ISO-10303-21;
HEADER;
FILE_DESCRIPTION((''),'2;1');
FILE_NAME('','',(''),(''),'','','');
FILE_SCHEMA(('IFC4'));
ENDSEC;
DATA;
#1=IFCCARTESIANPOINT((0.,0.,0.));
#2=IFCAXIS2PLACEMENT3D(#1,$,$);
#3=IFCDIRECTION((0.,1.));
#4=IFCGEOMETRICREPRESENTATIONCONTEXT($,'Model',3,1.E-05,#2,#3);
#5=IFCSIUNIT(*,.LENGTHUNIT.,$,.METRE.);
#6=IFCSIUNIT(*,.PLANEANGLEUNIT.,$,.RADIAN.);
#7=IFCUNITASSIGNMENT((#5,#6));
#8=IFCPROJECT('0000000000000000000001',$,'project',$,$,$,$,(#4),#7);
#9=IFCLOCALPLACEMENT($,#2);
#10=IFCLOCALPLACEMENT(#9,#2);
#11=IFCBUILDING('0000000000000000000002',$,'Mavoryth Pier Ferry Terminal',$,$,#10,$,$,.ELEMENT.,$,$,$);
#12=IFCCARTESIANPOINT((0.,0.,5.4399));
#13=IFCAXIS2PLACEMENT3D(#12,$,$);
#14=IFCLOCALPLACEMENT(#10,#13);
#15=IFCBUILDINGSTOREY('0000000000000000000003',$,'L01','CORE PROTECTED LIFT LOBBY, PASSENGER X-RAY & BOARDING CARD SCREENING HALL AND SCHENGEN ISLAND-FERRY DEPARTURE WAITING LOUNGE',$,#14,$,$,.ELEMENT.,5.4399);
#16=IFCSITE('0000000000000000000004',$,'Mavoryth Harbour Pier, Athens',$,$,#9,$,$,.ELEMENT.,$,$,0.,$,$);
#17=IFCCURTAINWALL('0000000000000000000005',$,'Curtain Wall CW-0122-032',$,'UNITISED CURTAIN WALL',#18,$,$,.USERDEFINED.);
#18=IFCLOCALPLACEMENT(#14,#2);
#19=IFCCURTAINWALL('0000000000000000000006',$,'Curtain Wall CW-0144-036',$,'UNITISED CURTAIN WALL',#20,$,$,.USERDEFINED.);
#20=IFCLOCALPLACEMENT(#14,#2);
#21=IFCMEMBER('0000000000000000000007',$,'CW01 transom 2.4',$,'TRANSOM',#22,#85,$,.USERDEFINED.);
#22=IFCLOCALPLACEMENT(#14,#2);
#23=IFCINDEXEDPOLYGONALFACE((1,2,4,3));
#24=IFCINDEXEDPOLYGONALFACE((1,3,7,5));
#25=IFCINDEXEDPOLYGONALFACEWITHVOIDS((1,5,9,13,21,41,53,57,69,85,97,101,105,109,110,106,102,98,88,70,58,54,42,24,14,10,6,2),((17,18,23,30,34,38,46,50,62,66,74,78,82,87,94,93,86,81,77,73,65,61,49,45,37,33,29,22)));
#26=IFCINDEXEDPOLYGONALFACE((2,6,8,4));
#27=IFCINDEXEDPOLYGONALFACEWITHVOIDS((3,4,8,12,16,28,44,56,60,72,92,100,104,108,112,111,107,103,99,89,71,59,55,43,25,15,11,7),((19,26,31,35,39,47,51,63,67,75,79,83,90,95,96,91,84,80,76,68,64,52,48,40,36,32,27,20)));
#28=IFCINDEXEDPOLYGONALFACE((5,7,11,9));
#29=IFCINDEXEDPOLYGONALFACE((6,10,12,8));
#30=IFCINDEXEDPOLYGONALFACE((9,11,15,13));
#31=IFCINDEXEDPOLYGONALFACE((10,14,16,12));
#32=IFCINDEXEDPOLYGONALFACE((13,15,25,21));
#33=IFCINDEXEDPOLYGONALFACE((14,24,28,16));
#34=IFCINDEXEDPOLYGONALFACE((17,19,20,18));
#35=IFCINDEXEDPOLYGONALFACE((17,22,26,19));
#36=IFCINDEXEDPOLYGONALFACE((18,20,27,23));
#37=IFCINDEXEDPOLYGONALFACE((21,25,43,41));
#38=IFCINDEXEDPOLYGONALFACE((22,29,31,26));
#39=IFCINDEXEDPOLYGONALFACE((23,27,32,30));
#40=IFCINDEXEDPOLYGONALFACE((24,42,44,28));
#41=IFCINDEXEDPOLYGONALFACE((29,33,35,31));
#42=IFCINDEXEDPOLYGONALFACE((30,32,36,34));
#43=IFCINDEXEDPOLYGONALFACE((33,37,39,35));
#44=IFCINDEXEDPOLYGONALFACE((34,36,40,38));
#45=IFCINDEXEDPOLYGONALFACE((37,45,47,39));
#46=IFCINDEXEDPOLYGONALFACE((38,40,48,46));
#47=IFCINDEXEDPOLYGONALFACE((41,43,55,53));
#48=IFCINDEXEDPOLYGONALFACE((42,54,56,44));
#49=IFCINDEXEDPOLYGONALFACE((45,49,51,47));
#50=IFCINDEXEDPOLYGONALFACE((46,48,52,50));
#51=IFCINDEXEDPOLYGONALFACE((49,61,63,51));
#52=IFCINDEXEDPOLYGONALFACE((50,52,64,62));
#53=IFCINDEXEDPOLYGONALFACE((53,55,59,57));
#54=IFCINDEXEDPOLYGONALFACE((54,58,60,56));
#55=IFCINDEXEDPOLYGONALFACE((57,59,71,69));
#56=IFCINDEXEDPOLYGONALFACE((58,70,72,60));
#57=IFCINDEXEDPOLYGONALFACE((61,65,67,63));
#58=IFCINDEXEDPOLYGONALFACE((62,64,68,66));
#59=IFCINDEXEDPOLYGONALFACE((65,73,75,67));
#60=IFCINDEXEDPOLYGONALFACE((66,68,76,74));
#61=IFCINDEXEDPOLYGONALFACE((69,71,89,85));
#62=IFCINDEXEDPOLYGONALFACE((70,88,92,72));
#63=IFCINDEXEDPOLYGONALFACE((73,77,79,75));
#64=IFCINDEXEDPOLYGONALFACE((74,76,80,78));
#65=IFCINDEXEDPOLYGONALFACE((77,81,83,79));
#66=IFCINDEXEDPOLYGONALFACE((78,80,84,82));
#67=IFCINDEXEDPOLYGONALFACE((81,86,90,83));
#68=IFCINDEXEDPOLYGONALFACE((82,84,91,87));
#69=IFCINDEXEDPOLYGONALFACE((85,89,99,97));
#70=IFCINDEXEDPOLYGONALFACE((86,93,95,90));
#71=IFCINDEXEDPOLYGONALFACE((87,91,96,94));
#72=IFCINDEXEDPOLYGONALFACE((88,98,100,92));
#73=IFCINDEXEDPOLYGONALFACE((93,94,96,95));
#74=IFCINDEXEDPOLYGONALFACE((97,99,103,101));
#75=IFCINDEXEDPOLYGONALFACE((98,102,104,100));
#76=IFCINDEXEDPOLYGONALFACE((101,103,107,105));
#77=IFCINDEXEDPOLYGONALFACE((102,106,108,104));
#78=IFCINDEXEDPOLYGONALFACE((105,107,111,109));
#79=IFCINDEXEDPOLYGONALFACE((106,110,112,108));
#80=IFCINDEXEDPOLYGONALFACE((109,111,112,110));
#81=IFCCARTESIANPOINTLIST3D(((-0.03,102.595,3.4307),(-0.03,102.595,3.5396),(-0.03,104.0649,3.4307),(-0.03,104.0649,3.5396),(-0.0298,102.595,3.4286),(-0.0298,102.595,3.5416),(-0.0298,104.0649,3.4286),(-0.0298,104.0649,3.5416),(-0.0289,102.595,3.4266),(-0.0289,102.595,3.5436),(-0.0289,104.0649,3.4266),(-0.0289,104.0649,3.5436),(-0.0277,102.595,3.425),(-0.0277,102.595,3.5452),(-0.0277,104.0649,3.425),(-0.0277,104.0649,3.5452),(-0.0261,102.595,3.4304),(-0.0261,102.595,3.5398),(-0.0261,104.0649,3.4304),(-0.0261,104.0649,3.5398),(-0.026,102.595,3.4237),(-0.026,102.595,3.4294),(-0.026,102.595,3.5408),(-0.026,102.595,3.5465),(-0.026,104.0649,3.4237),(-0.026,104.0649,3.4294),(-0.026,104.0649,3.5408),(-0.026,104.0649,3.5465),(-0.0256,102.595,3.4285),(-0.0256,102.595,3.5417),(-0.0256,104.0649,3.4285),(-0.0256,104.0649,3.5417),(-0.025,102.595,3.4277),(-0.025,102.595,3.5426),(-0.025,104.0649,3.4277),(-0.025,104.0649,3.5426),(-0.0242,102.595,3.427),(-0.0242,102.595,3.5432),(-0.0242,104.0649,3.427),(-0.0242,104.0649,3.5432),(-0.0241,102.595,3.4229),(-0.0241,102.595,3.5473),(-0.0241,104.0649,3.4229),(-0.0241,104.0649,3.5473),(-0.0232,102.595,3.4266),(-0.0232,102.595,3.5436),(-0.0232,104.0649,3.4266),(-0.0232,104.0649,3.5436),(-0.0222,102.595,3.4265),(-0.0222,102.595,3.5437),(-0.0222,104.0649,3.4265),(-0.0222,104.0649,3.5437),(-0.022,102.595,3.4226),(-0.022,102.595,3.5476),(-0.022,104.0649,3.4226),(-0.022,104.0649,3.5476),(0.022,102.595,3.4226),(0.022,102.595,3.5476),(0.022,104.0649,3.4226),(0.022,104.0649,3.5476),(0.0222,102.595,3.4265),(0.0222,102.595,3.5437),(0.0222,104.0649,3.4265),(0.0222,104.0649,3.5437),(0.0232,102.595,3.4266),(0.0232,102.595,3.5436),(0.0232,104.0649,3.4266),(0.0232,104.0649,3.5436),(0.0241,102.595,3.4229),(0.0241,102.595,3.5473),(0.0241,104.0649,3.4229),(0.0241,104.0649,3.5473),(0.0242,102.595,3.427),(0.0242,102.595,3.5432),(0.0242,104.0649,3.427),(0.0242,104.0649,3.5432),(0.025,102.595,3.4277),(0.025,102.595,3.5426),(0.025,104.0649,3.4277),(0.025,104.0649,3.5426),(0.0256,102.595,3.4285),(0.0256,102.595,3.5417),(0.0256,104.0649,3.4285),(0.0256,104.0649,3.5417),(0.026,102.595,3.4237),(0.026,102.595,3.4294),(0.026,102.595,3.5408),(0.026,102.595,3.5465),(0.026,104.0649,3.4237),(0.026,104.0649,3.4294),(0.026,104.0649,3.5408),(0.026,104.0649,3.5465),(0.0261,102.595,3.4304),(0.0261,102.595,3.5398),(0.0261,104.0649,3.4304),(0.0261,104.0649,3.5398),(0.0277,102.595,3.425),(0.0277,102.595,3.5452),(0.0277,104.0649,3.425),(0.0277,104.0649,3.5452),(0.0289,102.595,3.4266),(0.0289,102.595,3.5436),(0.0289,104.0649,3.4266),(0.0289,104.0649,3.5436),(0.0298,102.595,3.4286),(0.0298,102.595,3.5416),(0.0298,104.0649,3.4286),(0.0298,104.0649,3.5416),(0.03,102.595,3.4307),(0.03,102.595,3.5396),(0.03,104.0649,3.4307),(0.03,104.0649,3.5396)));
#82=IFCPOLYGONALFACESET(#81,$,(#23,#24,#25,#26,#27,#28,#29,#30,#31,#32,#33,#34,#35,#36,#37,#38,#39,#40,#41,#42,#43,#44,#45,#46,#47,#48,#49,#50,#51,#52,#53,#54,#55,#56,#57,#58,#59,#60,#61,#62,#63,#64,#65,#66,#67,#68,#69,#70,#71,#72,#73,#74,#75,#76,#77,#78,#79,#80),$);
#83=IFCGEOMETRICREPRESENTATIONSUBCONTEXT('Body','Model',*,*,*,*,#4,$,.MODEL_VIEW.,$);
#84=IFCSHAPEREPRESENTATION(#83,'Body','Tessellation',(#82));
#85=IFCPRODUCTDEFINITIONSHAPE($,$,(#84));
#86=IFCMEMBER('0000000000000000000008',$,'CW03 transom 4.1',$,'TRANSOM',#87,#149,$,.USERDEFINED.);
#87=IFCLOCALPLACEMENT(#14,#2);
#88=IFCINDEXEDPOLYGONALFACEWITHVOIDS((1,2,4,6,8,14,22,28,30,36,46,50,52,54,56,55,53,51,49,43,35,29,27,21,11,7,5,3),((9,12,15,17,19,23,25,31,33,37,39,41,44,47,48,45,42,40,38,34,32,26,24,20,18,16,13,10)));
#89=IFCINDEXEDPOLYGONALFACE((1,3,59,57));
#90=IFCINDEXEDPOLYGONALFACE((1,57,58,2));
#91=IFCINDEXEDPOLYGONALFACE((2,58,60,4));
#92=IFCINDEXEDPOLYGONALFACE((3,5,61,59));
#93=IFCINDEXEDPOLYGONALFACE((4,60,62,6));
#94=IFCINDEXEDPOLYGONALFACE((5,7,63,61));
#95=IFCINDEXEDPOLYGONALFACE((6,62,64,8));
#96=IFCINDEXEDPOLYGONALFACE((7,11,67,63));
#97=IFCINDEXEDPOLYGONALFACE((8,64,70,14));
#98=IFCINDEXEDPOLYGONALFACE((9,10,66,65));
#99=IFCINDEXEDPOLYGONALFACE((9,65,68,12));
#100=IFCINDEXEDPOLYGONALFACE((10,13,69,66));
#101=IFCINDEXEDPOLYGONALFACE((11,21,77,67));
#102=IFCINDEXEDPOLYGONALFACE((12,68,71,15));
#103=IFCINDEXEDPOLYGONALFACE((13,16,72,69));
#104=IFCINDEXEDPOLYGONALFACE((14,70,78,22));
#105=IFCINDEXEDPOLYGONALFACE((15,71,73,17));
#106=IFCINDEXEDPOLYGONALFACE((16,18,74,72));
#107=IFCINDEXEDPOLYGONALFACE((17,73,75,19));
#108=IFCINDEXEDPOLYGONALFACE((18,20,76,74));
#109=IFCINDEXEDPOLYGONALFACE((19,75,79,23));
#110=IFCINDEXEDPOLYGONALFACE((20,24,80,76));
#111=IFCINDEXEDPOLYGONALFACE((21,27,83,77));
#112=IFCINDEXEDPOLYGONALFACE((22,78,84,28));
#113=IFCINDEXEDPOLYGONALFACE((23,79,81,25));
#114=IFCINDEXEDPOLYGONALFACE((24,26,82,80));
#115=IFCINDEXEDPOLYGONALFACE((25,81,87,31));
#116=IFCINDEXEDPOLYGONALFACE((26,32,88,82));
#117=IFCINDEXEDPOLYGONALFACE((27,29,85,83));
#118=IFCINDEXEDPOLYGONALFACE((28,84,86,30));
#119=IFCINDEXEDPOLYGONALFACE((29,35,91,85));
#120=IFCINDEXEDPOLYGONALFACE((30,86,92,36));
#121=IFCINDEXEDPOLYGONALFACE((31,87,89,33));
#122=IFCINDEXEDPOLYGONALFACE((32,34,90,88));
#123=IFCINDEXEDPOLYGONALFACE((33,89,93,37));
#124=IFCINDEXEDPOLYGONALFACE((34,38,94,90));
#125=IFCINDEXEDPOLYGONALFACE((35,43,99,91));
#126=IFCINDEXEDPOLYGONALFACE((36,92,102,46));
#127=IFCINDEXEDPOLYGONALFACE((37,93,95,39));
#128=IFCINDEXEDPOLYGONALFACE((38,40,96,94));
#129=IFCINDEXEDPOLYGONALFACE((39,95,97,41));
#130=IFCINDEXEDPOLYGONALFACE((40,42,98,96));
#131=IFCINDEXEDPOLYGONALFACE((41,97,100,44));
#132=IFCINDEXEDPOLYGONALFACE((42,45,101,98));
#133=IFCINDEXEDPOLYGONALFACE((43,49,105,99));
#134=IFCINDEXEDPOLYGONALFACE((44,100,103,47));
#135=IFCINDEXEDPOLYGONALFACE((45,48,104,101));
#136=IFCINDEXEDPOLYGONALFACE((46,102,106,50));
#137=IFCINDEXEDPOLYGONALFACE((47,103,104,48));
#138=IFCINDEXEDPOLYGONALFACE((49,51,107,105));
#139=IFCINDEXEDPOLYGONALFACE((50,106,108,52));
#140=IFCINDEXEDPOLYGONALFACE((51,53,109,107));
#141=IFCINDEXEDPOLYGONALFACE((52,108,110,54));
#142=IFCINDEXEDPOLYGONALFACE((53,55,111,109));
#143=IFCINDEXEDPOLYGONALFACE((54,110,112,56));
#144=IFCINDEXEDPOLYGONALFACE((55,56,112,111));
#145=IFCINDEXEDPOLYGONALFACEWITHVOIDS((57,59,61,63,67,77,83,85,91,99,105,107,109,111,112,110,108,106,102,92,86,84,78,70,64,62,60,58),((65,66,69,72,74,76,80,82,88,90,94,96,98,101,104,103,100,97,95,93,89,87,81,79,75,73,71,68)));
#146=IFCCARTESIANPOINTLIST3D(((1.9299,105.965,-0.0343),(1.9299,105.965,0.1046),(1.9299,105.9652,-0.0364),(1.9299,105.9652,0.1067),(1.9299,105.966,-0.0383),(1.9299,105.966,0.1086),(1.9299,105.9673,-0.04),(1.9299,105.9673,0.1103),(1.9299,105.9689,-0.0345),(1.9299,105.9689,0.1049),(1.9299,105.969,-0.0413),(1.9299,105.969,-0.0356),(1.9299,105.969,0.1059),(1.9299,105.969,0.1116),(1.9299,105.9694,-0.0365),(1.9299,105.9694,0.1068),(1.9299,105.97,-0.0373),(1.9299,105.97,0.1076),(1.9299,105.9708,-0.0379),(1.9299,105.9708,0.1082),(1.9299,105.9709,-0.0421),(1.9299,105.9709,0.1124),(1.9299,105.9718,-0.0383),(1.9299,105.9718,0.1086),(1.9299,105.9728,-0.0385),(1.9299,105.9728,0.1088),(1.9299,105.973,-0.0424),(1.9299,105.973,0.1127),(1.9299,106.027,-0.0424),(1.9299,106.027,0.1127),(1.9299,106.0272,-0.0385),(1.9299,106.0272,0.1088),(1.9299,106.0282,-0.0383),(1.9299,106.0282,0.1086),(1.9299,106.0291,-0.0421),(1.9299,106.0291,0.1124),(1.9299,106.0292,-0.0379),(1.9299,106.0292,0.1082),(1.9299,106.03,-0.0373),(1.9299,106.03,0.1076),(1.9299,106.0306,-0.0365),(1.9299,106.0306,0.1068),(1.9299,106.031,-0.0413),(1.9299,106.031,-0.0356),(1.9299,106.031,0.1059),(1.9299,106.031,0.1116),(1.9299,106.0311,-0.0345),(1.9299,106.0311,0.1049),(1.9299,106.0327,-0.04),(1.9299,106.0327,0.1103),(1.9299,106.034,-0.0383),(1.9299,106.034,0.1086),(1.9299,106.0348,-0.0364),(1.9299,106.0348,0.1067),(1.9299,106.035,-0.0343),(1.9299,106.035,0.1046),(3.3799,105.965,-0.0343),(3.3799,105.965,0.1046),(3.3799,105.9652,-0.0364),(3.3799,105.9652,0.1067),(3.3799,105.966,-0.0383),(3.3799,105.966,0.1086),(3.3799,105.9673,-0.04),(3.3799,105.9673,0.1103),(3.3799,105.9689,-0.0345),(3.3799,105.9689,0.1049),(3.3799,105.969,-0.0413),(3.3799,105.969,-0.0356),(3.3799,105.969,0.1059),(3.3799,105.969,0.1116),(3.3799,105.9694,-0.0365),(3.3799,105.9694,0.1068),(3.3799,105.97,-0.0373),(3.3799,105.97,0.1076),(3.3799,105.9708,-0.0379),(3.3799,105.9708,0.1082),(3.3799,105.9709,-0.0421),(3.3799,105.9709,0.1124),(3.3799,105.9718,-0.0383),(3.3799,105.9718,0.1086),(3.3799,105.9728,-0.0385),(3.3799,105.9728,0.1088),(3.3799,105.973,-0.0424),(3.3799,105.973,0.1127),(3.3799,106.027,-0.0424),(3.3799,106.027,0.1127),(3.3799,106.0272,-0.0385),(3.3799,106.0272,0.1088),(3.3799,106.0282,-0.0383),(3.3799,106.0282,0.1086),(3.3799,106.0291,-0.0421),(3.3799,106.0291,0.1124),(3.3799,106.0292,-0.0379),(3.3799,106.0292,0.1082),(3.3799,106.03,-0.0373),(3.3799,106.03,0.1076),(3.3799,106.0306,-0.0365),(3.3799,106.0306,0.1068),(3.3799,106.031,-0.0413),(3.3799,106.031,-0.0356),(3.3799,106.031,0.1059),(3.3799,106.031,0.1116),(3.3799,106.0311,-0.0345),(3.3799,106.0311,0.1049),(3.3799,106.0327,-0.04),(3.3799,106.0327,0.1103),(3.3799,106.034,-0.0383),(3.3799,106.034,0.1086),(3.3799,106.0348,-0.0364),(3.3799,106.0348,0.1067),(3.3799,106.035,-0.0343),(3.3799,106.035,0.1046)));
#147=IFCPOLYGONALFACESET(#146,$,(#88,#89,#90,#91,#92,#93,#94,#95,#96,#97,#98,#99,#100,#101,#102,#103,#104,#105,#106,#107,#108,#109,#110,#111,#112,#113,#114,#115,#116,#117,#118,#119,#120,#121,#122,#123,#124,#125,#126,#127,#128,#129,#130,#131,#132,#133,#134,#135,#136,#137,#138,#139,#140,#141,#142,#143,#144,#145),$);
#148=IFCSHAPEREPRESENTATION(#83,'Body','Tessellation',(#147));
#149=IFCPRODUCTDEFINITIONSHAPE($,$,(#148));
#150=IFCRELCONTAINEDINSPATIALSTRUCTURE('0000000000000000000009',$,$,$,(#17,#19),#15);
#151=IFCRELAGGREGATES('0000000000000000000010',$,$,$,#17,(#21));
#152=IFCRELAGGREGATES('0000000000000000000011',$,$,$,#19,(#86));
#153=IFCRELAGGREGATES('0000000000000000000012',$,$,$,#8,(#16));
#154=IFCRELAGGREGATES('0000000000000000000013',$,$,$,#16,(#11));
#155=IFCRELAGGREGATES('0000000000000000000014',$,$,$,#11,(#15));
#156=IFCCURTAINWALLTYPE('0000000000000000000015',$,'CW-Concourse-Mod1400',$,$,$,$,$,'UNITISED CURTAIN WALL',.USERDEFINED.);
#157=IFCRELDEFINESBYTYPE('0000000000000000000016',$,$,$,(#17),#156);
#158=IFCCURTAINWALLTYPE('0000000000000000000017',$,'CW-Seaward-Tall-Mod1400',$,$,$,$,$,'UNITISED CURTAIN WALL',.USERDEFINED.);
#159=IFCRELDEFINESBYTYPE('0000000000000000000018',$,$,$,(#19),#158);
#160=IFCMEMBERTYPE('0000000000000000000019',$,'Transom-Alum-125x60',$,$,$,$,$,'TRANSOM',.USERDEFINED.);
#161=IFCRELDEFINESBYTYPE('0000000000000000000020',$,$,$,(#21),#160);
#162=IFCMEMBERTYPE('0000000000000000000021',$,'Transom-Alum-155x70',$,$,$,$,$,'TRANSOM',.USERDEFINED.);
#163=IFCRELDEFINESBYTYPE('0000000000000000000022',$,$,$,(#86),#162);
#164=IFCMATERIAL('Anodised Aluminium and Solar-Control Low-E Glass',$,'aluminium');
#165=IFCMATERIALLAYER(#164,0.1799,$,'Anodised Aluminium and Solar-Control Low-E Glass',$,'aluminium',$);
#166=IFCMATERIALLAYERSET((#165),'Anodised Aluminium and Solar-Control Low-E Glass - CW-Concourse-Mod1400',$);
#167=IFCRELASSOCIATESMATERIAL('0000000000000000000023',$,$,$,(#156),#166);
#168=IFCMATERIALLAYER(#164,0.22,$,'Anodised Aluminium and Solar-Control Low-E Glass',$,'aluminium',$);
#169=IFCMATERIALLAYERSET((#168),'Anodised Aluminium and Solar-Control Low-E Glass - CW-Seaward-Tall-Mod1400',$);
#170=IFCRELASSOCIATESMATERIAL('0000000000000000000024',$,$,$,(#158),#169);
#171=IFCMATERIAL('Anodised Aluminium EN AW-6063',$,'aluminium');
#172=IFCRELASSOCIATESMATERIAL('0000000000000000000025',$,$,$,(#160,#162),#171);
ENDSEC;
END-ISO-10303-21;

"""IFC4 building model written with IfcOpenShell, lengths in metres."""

from ifc_helpers import new_model, si_unit, direction, frame, origin, origin_2d, place, context, subcontext, project, spatial, hollow_rectangle, extrude, material, layer, layer_set, material_profile, profile_set, type_object, element, aggregate, save


model = new_model("IFC4")

# Units and contexts
model_context = context("Model", 3, precision=1e-05, world=origin(), true_north=direction((0.0, 1.0)))
body_context = subcontext(model_context, "Body", "Model", "MODEL_VIEW")
ifc_project = project(units=[si_unit("LENGTHUNIT", "METRE"), si_unit("PLANEANGLEUNIT", "RADIAN")], contexts=[model_context])

# Site, building, storey
site_placement = place(None, origin())
site = spatial("IfcSite", under=ifc_project, at=site_placement, Name="Mavoryth Harbour Pier, Athens", CompositionType="ELEMENT", RefElevation=0.0)
building_placement = place(site_placement, origin())
building = spatial("IfcBuilding", under=site, at=building_placement, Name="Mavoryth Pier Ferry Terminal", CompositionType="ELEMENT")
storey_placement = place(building_placement, frame((0.0, 0.0, 5.4399)))
storey = spatial("IfcBuildingStorey", under=building, at=storey_placement, Name="L01", Description="CORE PROTECTED LIFT LOBBY, PASSENGER X-RAY & BOARDING CARD SCREENING HALL AND SCHENGEN ISLAND-FERRY DEPARTURE WAITING LOUNGE", CompositionType="ELEMENT", Elevation=5.4399)

# Curtain walls
ifc_material_1 = material(Name="Anodised Aluminium and Solar-Control Low-E Glass", Category="aluminium")
ifc_layer_1 = layer(ifc_material_1, 0.1799, Name="Anodised Aluminium and Solar-Control Low-E Glass", Category="aluminium")
ifc_layer_set_1 = layer_set([ifc_layer_1], Name="Anodised Aluminium and Solar-Control Low-E Glass - CW-Concourse-Mod1400")
curtain_wall_type_1 = type_object("IfcCurtainWallType", Name="CW-Concourse-Mod1400", ElementType="UNITISED CURTAIN WALL", PredefinedType="USERDEFINED", material=ifc_layer_set_1)
curtain_wall_1_placement = place(storey_placement, origin())
curtain_wall_1 = element("IfcCurtainWall", 1, at=curtain_wall_1_placement, inside=storey, type_object=curtain_wall_type_1, Name="Curtain Wall CW-0122-032", ObjectType="UNITISED CURTAIN WALL", PredefinedType="USERDEFINED")
ifc_material_2 = material(Name="Anodised Aluminium EN AW-6063", Category="aluminium")
ifc_layer_2 = layer(ifc_material_1, 0.22, Name="Anodised Aluminium and Solar-Control Low-E Glass", Category="aluminium")
ifc_layer_set_2 = layer_set([ifc_layer_2], Name="Anodised Aluminium and Solar-Control Low-E Glass - CW-Seaward-Tall-Mod1400")
curtain_wall_type_2 = type_object("IfcCurtainWallType", Name="CW-Seaward-Tall-Mod1400", ElementType="UNITISED CURTAIN WALL", PredefinedType="USERDEFINED", material=ifc_layer_set_2)
curtain_wall_2_placement = place(storey_placement, origin())
curtain_wall_2 = element("IfcCurtainWall", 2, at=curtain_wall_2_placement, inside=storey, type_object=curtain_wall_type_2, Name="Curtain Wall CW-0144-036", ObjectType="UNITISED CURTAIN WALL", PredefinedType="USERDEFINED")

# Members
ifc_material_profile_1 = material_profile(ifc_material_2, hollow_rectangle(XDim=0.0601, YDim=0.125, WallThickness=0.0039, InnerFilletRadius=0.0039, OuterFilletRadius=0.0081, at=origin_2d()), Name="AL-TRAN 125x60x4", Category="aluminium")
ifc_profile_set_1 = profile_set([ifc_material_profile_1], Name="Anodised Aluminium EN AW-6063 - AL-TRAN 125x60x4")
member_type_1 = type_object("IfcMemberType", Name="Transom-Alum-125x60", ElementType="TRANSOM", PredefinedType="USERDEFINED", material=ifc_profile_set_1)
member_1_placement = place(storey_placement, frame((0.0, 104.0649, 3.4851), z_axis=(0.0, -1.0, 0.0), x_axis=(1.0, 0.0, 0.0)))
member_1 = element("IfcMember", 3, at=member_1_placement, type_object=member_type_1, Name="CW01 transom 2.4", ObjectType="TRANSOM", PredefinedType="USERDEFINED", context=body_context, shape_type="SweptSolid", body=[
    extrude(hollow_rectangle(XDim=0.0601, YDim=0.125, WallThickness=0.0039, InnerFilletRadius=0.0039, OuterFilletRadius=0.0081, at=origin_2d()), origin(), (0.0, 0.0, 1.0), 1.47),
])
ifc_material_profile_2 = material_profile(ifc_material_2, hollow_rectangle(XDim=0.0701, YDim=0.155, WallThickness=0.0039, InnerFilletRadius=0.0039, OuterFilletRadius=0.0081, at=origin_2d()), Name="AL-TRAN 155x70x4", Category="aluminium")
ifc_profile_set_2 = profile_set([ifc_material_profile_2], Name="Anodised Aluminium EN AW-6063 - AL-TRAN 155x70x4")
member_type_2 = type_object("IfcMemberType", Name="Transom-Alum-155x70", ElementType="TRANSOM", PredefinedType="USERDEFINED", material=ifc_profile_set_2)
member_2_placement = place(storey_placement, frame((3.3799, 106.0, 0.0352), z_axis=(-1.0, 0.0, 0.0), x_axis=(0.0, -1.0, 0.0)))
member_2 = element("IfcMember", 4, at=member_2_placement, type_object=member_type_2, Name="CW03 transom 4.1", ObjectType="TRANSOM", PredefinedType="USERDEFINED", context=body_context, shape_type="SweptSolid", body=[
    extrude(hollow_rectangle(XDim=0.0701, YDim=0.155, WallThickness=0.0039, InnerFilletRadius=0.0039, OuterFilletRadius=0.0081, at=origin_2d()), origin(), (0.0, 0.0, 1.0), 1.45),
])

aggregate(curtain_wall_1, [member_1])
aggregate(curtain_wall_2, [member_2])

save(model, "model.ifc")
